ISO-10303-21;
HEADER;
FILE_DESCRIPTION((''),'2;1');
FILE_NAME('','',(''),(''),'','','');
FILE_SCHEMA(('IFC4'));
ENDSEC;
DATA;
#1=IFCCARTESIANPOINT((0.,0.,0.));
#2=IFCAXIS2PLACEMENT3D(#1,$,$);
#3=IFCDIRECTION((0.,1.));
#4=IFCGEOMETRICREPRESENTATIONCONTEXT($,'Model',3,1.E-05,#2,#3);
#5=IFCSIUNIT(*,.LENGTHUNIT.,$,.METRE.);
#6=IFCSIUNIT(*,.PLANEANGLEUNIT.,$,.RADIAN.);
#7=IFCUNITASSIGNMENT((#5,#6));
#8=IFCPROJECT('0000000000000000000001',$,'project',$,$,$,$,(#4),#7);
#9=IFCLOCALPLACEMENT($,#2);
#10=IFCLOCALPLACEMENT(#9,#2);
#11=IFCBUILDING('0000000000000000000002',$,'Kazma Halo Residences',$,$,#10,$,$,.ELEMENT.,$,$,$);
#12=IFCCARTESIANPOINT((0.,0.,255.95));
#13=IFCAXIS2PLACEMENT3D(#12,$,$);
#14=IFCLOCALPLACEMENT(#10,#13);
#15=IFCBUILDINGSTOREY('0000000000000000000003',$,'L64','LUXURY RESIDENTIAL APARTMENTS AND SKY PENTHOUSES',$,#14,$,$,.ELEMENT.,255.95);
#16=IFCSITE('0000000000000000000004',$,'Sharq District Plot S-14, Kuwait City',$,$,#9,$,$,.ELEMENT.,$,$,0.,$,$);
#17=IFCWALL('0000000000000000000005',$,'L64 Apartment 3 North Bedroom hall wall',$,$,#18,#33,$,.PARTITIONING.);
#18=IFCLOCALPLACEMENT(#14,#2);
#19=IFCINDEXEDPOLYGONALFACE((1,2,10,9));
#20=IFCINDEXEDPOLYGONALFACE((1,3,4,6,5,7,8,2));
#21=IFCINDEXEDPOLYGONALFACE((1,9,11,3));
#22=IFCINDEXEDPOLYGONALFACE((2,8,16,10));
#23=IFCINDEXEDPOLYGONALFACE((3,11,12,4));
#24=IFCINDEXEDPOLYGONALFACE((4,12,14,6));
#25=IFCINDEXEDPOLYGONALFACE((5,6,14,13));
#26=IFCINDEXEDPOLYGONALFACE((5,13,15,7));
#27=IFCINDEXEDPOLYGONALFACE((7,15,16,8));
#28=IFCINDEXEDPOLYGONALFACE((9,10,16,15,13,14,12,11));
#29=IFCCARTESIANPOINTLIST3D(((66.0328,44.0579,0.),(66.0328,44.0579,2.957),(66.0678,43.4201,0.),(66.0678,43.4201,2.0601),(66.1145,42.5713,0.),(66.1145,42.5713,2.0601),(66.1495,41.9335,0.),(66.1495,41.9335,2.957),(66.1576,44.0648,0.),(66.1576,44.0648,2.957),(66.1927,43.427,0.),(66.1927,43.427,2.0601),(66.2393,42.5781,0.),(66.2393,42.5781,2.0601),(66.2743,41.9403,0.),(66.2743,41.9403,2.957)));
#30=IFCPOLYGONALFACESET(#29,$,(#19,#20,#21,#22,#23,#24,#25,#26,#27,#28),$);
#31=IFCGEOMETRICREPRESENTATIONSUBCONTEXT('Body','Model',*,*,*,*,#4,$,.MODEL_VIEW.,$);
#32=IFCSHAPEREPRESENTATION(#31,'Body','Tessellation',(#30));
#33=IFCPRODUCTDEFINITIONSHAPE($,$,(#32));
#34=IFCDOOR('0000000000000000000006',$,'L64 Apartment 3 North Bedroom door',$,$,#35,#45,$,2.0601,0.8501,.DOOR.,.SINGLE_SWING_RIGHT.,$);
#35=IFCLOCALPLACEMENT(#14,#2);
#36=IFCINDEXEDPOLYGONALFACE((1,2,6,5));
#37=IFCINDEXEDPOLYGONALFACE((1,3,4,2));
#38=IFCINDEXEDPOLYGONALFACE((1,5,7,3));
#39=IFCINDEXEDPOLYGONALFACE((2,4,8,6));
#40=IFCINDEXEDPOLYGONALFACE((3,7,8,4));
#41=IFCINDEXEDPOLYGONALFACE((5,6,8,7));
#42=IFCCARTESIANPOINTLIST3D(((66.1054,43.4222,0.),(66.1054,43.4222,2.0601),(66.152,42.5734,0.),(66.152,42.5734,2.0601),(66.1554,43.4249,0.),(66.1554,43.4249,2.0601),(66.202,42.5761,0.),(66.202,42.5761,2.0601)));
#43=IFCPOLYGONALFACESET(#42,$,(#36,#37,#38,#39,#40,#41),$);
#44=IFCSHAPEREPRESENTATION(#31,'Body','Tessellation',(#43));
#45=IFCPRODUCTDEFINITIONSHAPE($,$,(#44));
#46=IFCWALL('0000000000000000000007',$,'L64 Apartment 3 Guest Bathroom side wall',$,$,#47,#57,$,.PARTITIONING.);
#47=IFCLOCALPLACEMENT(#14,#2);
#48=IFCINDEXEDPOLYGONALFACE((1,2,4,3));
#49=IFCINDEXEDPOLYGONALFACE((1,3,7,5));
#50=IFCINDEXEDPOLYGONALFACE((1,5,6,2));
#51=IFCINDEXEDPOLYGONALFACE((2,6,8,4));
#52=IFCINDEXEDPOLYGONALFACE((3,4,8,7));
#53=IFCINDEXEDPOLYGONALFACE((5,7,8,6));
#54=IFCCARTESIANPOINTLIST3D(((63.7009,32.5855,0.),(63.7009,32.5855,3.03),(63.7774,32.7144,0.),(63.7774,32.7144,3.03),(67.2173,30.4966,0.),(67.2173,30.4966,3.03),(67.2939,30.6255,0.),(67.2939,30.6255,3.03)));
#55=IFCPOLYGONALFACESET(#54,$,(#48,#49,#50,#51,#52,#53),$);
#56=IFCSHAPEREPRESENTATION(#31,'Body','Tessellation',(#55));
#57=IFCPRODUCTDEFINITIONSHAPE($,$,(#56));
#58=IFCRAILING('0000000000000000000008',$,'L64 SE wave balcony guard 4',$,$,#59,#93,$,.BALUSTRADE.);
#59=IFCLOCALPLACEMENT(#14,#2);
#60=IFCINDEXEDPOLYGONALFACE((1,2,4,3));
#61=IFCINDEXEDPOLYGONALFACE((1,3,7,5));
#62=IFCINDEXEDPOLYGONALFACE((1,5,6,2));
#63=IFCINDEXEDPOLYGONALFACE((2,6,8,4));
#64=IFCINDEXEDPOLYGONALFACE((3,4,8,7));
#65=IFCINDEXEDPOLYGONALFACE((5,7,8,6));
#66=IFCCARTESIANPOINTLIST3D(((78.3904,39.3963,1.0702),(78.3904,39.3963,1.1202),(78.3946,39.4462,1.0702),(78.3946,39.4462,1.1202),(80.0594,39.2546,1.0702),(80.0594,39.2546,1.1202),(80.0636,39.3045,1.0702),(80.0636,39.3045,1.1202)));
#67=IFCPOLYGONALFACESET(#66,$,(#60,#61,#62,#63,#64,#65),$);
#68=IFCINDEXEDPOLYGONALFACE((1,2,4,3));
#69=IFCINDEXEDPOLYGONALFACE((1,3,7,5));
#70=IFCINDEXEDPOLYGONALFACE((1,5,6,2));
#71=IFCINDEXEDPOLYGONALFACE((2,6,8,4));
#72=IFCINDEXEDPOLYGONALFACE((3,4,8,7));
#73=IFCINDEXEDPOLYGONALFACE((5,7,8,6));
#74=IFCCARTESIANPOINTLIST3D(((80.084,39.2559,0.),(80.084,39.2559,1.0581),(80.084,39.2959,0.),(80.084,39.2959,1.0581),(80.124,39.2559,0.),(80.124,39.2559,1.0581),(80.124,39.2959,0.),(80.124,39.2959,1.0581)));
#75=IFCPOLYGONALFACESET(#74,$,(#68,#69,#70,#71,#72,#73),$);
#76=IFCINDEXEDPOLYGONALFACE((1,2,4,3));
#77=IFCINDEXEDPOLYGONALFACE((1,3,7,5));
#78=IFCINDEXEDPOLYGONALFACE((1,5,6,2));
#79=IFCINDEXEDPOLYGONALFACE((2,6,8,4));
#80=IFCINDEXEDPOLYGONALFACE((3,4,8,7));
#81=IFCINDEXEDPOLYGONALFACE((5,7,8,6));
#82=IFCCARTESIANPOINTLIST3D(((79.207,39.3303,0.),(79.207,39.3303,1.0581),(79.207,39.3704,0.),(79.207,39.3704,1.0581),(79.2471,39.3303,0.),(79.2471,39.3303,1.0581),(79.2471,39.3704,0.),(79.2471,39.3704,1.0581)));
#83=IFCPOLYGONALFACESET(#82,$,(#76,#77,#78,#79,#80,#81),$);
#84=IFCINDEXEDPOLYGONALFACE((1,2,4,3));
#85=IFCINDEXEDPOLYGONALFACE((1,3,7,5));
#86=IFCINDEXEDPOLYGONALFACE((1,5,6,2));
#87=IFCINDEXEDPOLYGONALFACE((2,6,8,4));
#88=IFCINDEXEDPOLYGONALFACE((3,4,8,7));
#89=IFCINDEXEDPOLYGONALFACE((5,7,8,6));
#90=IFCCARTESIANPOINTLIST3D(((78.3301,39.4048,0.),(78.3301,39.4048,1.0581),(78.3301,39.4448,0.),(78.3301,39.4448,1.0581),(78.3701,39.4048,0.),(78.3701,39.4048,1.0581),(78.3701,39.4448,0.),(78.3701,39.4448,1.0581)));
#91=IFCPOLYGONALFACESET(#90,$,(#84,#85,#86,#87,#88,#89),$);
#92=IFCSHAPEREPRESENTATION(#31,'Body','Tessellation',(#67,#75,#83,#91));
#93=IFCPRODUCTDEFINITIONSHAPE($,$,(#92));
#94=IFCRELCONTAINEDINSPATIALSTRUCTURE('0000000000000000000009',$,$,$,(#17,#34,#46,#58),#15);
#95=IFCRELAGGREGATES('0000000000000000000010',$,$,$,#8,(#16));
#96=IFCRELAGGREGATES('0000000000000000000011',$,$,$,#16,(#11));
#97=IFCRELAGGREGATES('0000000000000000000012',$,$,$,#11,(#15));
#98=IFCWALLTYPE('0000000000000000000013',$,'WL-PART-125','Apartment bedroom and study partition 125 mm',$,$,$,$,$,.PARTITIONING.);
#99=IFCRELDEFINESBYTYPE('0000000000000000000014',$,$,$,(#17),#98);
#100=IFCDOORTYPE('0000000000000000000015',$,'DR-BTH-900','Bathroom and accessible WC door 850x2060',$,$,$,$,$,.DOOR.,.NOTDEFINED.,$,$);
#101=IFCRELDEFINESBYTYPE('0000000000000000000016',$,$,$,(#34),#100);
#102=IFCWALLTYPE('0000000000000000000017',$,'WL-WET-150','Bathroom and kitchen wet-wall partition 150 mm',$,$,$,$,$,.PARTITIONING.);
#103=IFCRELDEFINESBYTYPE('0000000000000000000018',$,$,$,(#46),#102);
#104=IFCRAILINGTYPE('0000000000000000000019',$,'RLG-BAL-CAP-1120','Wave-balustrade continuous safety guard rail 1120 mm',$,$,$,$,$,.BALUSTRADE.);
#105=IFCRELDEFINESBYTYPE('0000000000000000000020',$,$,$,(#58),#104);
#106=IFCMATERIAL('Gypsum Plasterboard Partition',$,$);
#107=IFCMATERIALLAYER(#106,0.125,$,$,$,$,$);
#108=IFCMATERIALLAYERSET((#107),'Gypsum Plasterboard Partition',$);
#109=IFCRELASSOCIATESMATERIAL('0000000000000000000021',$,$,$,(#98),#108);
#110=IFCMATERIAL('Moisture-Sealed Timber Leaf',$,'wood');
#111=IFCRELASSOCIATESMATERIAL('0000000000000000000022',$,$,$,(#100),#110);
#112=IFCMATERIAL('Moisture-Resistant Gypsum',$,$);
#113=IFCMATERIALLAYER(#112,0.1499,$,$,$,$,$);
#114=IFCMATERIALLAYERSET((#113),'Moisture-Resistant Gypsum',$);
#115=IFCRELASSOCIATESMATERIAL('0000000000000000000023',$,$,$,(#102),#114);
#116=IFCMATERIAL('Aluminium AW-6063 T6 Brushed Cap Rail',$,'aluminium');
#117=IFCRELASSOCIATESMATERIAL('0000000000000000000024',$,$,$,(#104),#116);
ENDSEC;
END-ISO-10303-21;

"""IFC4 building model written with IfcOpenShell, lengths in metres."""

from ifc_helpers import new_model, si_unit, direction, frame, frame_2d, origin, origin_2d, place, context, subcontext, project, spatial, rectangle, extrude, material, layer, layer_set, type_object, element, fill, save


model = new_model("IFC4")

# Units and contexts
model_context = context("Model", 3, precision=1e-05, world=origin(), true_north=direction((0.0, 1.0)))
body_context = subcontext(model_context, "Body", "Model", "MODEL_VIEW")
ifc_project = project(units=[si_unit("LENGTHUNIT", "METRE"), si_unit("PLANEANGLEUNIT", "RADIAN")], contexts=[model_context])

# Site, building, storey
site_placement = place(None, origin())
site = spatial("IfcSite", under=ifc_project, at=site_placement, Name="Sharq District Plot S-14, Kuwait City", CompositionType="ELEMENT", RefElevation=0.0)
building_placement = place(site_placement, origin())
building = spatial("IfcBuilding", under=site, at=building_placement, Name="Kazma Halo Residences", CompositionType="ELEMENT")
storey_placement = place(building_placement, frame((0.0, 0.0, 255.95)))
storey = spatial("IfcBuildingStorey", under=building, at=storey_placement, Name="L64", Description="LUXURY RESIDENTIAL APARTMENTS AND SKY PENTHOUSES", CompositionType="ELEMENT", Elevation=255.95)

# Shared definitions
ifc_material_1 = material(Name="Gypsum Plasterboard Partition")
ifc_layer_1 = layer(ifc_material_1, 0.125)
ifc_layer_set_1 = layer_set([ifc_layer_1], Name="Gypsum Plasterboard Partition")
wall_type_1 = type_object("IfcWallType", Name="WL-PART-125", Description="Apartment bedroom and study partition 125 mm", PredefinedType="PARTITIONING", material=ifc_layer_set_1)

# Shared definitions
ifc_material_2 = material(Name="Moisture-Sealed Timber Leaf", Category="wood")
door_type = type_object("IfcDoorType", Name="DR-BTH-900", Description="Bathroom and accessible WC door 850x2060", OperationType="NOTDEFINED", PredefinedType="DOOR", material=ifc_material_2)

# Wall, opening, door
wall_1_placement = place(storey_placement, frame((66.2119, 41.9368, 0.0), z_axis=(0.0, 0.0, 1.0), x_axis=(-0.054847, 0.998495, 0.0)))
wall_1 = element("IfcWall", 1, at=wall_1_placement, inside=storey, type_object=wall_type_1, Name="L64 Apartment 3 North Bedroom hall wall", PredefinedType="PARTITIONING", context=body_context, shape_type="SweptSolid", body=[
    extrude(rectangle(XDim=2.1277, YDim=0.125, at=frame_2d((1.064, 0.0))), origin(), (0.0, 0.0, 1.0), 2.957),
])
opening_1_placement = place(wall_1_placement, frame((0.6389, 0.0, 0.0)))
opening_1 = element("IfcOpeningElement", 2, at=opening_1_placement, cuts=wall_1, PredefinedType="OPENING", context=body_context, shape_type="SweptSolid", body=[
    extrude(rectangle(XDim=0.8501, YDim=2.0601, at=frame_2d((0.425, 1.03))), frame((0.0, 0.0725, 0.0), z_axis=(0.0, -1.0, 0.0), x_axis=(1.0, 0.0, 0.0)), (0.0, 0.0, 1.0), 0.145),
])
door_1_placement = place(opening_1_placement, origin())
door_1 = element("IfcDoor", 3, at=door_1_placement, inside=storey, type_object=door_type, Name="L64 Apartment 3 North Bedroom door", OperationType="SINGLE_SWING_RIGHT", OverallHeight=2.0601, OverallWidth=0.8501, PredefinedType="DOOR", context=body_context, shape_type="SweptSolid", body=[
    extrude(rectangle(XDim=0.8501, YDim=2.0601, at=frame_2d((0.425, 1.03))), frame((0.0, 0.0249, 0.0), z_axis=(0.0, -1.0, 0.0), x_axis=(1.0, 0.0, 0.0)), (0.0, 0.0, 1.0), 0.05),
])
fill(opening_1, door_1)

# Wall
ifc_material_3 = material(Name="Moisture-Resistant Gypsum")
ifc_layer_2 = layer(ifc_material_3, 0.1499)
ifc_layer_set_2 = layer_set([ifc_layer_2], Name="Moisture-Resistant Gypsum")
wall_type_2 = type_object("IfcWallType", Name="WL-WET-150", Description="Bathroom and kitchen wet-wall partition 150 mm", PredefinedType="PARTITIONING", material=ifc_layer_set_2)
wall_2_placement = place(storey_placement, frame((63.7393, 32.6499, 0.0), z_axis=(0.0, 0.0, 1.0), x_axis=(0.859744, -0.510725, 0.0)))
element("IfcWall", 4, at=wall_2_placement, inside=storey, type_object=wall_type_2, Name="L64 Apartment 3 Guest Bathroom side wall", PredefinedType="PARTITIONING", context=body_context, shape_type="SweptSolid", body=[
    extrude(rectangle(XDim=4.0901, YDim=0.1499, at=frame_2d((2.0449, 0.0))), origin(), (0.0, 0.0, 1.0), 3.03),
])

# Railing
ifc_material_4 = material(Name="Aluminium AW-6063 T6 Brushed Cap Rail", Category="aluminium")
railing_type = type_object("IfcRailingType", Name="RLG-BAL-CAP-1120", Description="Wave-balustrade continuous safety guard rail 1120 mm", PredefinedType="BALUSTRADE", material=ifc_material_4)
railing_placement = place(storey_placement, frame((80.104, 39.2759, 0.0)))
element("IfcRailing", 5, at=railing_placement, inside=storey, type_object=railing_type, Name="L64 SE wave balcony guard 4", PredefinedType="BALUSTRADE", context=body_context, shape_type="SweptSolid", body=[
    extrude(rectangle(XDim=0.05, YDim=0.05, at=origin_2d()), frame((-0.0425, 0.0037, 1.0952), z_axis=(-0.996414, 0.084606, 0.0), x_axis=(-0.084606, -0.996414, 0.0)), (0.0, 0.0, 1.0), 1.675),
    extrude(rectangle(XDim=0.04, YDim=0.04, at=origin_2d()), origin(), (0.0, 0.0, 1.0), 1.0581),
    extrude(rectangle(XDim=0.04, YDim=0.04, at=origin_2d()), frame((-0.877, 0.0745, 0.0)), (0.0, 0.0, 1.0), 1.0581),
    extrude(rectangle(XDim=0.04, YDim=0.04, at=origin_2d()), frame((-1.7539, 0.1489, 0.0)), (0.0, 0.0, 1.0), 1.0581),
])

save(model, "model.ifc")
